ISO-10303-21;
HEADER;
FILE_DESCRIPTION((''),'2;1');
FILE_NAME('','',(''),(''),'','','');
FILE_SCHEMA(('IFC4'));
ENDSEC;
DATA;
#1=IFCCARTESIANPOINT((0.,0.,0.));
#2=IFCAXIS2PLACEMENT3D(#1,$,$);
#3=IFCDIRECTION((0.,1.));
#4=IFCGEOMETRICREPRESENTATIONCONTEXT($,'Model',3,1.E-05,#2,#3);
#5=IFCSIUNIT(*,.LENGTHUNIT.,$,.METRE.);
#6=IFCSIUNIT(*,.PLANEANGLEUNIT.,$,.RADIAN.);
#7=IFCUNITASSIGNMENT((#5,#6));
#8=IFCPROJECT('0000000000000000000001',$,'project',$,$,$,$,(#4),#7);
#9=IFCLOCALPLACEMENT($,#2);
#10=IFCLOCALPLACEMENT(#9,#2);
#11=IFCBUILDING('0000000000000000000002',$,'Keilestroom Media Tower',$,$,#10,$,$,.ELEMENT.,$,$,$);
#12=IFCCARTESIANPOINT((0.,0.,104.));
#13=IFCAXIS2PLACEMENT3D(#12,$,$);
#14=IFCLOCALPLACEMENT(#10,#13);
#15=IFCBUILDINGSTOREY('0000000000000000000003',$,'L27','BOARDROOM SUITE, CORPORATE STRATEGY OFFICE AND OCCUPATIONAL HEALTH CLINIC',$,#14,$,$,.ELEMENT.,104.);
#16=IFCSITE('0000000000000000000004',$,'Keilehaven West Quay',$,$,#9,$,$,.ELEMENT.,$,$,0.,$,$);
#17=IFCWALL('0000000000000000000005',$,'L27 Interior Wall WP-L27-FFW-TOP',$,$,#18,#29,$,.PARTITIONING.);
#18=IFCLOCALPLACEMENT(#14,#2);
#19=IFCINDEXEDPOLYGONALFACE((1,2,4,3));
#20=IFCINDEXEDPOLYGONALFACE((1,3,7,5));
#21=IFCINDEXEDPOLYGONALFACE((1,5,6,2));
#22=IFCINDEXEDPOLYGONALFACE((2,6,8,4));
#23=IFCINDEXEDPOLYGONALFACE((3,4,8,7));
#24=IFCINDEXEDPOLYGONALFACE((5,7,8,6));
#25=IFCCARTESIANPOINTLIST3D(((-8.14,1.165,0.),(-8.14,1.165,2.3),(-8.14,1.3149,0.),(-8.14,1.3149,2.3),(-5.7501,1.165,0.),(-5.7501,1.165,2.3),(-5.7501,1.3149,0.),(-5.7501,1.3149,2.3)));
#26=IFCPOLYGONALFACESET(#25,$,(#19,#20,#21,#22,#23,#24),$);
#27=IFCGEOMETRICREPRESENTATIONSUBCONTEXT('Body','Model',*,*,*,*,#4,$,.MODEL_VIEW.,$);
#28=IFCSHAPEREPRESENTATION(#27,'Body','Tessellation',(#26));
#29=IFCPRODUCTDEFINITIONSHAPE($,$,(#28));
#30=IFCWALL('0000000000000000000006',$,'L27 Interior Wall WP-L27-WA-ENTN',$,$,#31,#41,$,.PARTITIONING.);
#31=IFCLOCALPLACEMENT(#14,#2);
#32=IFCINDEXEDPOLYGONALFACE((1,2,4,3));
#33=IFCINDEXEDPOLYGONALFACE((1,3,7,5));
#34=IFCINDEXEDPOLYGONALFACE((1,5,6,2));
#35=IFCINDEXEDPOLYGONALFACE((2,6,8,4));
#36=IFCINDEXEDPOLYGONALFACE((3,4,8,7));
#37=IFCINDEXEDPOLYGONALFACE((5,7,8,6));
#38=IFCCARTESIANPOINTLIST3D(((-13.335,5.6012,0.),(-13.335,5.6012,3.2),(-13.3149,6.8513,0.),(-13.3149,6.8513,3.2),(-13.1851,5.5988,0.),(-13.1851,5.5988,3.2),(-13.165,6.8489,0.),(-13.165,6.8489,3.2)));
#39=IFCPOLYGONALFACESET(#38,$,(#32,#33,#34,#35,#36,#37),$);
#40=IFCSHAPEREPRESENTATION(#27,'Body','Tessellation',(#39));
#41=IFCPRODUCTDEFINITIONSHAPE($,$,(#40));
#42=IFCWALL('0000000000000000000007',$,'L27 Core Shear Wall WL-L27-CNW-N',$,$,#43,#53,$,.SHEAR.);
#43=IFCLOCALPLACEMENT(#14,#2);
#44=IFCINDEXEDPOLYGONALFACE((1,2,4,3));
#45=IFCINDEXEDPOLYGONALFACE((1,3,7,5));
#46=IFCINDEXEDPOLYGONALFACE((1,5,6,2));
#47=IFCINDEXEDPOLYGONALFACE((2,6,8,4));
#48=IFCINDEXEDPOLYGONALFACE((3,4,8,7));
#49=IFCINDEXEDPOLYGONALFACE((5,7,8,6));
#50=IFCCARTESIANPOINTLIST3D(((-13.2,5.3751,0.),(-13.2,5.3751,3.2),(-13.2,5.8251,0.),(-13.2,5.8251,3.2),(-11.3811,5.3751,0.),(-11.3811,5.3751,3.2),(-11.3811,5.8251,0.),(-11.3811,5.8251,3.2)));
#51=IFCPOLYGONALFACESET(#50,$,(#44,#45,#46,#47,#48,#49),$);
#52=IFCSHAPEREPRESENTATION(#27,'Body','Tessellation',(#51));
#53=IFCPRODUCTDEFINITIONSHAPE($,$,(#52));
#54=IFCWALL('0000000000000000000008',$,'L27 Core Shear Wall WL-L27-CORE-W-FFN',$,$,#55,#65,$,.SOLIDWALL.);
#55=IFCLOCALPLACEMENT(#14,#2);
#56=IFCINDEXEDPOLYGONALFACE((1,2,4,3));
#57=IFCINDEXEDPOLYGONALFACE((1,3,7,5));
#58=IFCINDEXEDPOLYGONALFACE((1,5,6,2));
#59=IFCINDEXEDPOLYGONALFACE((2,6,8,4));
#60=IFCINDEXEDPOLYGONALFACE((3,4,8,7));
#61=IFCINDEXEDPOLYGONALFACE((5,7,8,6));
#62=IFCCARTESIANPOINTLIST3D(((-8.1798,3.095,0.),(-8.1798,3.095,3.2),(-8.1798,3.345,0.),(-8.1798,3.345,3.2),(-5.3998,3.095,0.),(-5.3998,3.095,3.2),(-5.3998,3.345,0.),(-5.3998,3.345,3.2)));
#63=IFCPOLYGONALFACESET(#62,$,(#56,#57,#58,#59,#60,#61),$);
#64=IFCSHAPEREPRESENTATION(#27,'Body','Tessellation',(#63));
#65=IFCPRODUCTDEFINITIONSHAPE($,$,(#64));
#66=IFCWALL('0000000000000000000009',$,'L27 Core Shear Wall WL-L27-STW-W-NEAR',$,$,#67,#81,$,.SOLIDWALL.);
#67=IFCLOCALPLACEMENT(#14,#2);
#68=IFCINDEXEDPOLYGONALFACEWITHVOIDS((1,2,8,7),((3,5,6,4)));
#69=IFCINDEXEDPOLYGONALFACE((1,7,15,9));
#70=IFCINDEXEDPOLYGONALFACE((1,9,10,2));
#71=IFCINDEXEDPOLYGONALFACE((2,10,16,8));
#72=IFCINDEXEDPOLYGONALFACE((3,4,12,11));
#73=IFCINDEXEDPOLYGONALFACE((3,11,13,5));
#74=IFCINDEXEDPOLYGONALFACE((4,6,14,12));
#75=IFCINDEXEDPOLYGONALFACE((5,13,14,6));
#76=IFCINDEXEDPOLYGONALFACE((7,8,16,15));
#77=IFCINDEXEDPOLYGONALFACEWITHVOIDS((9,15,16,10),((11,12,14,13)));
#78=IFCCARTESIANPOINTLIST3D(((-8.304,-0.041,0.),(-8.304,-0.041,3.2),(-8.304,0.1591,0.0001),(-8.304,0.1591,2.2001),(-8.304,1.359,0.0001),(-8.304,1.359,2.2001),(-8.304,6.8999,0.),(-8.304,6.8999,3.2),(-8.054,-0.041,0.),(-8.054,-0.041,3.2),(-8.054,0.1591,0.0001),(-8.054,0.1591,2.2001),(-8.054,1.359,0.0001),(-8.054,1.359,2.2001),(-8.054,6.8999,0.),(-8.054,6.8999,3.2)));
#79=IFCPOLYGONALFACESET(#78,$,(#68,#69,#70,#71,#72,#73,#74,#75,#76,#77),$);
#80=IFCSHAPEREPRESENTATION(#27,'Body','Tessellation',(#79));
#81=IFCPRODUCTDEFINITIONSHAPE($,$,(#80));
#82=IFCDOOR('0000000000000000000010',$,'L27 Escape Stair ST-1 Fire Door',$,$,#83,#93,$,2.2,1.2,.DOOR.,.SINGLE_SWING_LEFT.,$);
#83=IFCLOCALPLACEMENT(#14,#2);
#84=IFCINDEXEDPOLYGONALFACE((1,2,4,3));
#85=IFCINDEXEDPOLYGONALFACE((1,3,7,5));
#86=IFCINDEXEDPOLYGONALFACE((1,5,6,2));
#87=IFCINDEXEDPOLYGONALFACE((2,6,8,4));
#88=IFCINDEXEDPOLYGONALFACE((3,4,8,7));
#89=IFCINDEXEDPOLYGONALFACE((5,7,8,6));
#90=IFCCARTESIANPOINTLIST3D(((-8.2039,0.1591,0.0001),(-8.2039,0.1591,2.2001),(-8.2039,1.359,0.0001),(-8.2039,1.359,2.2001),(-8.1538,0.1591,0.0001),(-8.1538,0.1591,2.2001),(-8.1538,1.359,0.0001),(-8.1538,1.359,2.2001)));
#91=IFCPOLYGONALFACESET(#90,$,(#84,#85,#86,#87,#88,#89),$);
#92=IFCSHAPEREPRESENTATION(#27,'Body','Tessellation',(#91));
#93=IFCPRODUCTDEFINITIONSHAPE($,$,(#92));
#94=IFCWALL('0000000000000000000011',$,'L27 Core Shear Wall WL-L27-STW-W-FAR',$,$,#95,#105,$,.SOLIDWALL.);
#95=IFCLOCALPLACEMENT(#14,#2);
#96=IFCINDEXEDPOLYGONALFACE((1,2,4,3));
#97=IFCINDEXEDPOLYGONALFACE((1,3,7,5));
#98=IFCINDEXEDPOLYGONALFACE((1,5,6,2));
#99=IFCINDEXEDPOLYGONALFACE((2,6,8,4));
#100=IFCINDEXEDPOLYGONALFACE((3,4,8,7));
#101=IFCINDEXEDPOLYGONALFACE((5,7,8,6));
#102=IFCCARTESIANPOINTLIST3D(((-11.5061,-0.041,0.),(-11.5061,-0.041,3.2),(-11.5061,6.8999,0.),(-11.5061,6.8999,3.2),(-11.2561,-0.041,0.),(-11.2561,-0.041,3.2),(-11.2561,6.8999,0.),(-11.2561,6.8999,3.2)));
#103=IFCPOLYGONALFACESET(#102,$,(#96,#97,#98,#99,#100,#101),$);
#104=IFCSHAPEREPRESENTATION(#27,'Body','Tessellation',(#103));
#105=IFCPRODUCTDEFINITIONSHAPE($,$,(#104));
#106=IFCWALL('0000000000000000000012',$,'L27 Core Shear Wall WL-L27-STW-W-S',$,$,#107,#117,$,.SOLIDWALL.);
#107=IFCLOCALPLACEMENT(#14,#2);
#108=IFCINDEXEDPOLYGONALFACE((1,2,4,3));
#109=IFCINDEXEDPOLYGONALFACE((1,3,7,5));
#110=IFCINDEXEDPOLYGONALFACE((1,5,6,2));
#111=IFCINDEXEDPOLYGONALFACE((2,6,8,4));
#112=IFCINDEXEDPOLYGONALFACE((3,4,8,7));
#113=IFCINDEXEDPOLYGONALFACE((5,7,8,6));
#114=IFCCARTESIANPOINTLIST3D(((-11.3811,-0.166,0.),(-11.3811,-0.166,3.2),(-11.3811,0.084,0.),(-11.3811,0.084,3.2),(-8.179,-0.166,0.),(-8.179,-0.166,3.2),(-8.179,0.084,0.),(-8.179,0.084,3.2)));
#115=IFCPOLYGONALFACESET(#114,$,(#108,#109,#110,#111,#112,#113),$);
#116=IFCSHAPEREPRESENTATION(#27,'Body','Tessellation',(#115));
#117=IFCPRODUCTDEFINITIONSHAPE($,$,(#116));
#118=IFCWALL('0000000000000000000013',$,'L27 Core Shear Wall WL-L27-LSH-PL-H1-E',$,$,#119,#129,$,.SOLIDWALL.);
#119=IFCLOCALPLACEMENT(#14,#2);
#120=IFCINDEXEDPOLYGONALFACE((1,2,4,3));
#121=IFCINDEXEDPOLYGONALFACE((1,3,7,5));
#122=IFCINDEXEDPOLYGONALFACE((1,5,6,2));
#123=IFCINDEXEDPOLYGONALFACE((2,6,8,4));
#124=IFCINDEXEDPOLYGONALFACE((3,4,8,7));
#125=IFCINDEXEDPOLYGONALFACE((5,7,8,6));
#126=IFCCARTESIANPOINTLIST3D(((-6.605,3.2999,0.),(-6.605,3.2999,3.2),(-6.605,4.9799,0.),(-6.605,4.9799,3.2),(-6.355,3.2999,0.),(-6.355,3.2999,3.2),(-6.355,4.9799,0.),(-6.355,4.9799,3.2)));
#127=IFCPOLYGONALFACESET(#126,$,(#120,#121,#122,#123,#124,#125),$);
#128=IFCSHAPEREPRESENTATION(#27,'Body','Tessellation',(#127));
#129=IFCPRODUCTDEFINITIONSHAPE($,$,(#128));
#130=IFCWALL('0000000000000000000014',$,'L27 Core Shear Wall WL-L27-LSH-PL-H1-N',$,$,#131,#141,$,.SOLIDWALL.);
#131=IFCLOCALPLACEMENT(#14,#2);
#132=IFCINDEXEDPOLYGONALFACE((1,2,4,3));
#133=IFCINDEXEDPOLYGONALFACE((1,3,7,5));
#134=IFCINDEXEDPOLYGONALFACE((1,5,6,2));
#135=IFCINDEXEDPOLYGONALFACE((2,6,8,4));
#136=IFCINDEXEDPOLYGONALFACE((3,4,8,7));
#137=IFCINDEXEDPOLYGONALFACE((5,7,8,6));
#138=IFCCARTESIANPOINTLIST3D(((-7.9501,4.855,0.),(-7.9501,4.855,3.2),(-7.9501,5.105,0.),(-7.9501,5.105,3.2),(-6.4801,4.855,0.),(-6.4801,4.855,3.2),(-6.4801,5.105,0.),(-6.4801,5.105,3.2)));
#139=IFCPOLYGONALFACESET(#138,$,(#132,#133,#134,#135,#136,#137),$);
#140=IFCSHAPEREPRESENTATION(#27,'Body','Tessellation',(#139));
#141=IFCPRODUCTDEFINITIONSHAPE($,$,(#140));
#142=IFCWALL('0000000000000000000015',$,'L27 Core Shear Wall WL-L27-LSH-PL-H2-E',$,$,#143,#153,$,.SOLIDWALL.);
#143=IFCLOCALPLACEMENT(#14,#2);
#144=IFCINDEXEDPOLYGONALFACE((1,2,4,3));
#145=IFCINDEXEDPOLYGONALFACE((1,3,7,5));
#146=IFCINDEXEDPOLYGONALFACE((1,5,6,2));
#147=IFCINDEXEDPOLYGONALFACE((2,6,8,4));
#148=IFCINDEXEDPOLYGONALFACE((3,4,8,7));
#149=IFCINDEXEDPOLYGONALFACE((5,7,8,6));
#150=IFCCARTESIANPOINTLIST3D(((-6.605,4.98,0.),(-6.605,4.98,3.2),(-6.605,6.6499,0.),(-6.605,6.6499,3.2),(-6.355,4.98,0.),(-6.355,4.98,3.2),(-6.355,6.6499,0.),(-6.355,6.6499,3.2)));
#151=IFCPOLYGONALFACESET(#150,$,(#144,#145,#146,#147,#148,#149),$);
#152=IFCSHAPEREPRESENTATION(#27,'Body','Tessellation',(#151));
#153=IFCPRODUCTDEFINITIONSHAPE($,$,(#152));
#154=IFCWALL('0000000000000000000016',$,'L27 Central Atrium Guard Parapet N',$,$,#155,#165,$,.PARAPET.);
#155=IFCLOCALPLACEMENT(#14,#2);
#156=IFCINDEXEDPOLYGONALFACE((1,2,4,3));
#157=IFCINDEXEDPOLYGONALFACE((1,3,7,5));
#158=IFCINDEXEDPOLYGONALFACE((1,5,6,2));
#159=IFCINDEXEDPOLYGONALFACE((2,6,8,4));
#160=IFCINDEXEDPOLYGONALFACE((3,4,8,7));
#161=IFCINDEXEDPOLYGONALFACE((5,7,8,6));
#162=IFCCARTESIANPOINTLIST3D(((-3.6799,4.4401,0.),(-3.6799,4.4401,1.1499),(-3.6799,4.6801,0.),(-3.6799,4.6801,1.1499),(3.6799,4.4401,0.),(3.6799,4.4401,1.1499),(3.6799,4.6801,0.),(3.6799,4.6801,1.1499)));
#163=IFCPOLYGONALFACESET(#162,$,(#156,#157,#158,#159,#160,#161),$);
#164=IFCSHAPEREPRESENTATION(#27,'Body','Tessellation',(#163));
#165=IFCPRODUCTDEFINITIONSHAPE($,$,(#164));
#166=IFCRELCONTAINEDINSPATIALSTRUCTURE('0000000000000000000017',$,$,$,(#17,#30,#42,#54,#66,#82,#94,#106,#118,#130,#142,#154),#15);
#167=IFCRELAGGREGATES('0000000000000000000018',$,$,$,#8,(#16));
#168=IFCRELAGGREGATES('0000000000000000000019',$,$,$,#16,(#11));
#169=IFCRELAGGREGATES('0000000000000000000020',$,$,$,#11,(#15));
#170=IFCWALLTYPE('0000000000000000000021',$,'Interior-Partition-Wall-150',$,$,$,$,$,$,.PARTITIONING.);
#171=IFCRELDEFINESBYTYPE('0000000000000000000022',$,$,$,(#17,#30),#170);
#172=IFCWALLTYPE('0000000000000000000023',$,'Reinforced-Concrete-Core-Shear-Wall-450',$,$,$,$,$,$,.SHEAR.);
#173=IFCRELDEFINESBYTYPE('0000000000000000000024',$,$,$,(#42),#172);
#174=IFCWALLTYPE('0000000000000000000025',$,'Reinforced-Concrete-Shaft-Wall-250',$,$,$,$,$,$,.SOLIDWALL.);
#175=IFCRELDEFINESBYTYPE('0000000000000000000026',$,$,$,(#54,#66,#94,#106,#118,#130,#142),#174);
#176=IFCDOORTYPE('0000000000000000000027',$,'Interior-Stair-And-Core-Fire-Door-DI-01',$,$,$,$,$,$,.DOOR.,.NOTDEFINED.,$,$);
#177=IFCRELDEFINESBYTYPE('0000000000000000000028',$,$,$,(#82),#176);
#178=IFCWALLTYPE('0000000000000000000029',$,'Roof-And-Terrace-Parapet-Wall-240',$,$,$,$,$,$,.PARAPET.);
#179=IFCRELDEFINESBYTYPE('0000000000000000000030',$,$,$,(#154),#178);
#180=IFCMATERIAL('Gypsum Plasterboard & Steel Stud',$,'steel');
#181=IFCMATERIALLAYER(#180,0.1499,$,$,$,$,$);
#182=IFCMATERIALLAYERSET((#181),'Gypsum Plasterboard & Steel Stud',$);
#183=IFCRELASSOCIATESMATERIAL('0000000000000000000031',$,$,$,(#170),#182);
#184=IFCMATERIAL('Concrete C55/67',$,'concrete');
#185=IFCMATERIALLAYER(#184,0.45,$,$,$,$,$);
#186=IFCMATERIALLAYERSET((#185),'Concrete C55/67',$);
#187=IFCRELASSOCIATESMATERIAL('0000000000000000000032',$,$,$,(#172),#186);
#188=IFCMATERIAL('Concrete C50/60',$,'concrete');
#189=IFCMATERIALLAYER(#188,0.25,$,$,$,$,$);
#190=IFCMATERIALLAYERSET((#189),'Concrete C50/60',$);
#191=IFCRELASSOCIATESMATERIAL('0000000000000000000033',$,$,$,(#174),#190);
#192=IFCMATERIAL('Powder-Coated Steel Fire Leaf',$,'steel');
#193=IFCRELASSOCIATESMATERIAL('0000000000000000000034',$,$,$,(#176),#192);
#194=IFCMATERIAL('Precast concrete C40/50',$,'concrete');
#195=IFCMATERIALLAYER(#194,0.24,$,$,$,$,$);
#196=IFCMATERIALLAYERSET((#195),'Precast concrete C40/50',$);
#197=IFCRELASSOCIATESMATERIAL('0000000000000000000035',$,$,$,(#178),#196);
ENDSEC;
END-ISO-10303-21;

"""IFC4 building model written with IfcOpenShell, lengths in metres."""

from ifc_helpers import new_model, si_unit, direction, frame, frame_2d, origin, place, context, subcontext, project, spatial, rectangle, extrude, source, transform, mapped, material, layer, layer_set, type_object, element, fill, save


model = new_model("IFC4")

# Units and contexts
model_context = context("Model", 3, precision=1e-05, world=origin(), true_north=direction((0.0, 1.0)))
body_context = subcontext(model_context, "Body", "Model", "MODEL_VIEW")
ifc_project = project(units=[si_unit("LENGTHUNIT", "METRE"), si_unit("PLANEANGLEUNIT", "RADIAN")], contexts=[model_context])

# Site, building, storey
site_placement = place(None, origin())
site = spatial("IfcSite", under=ifc_project, at=site_placement, Name="Keilehaven West Quay", CompositionType="ELEMENT", RefElevation=0.0)
building_placement = place(site_placement, origin())
building = spatial("IfcBuilding", under=site, at=building_placement, Name="Keilestroom Media Tower", CompositionType="ELEMENT")
storey_placement = place(building_placement, frame((0.0, 0.0, 104.0)))
storey = spatial("IfcBuildingStorey", under=building, at=storey_placement, Name="L27", Description="BOARDROOM SUITE, CORPORATE STRATEGY OFFICE AND OCCUPATIONAL HEALTH CLINIC", CompositionType="ELEMENT", Elevation=104.0)

# Shared definitions
ifc_material_1 = material(Name="Concrete C50/60", Category="concrete")

# Walls
ifc_material_2 = material(Name="Gypsum Plasterboard & Steel Stud", Category="steel")
ifc_layer_1 = layer(ifc_material_2, 0.1499)
ifc_layer_set_1 = layer_set([ifc_layer_1], Name="Gypsum Plasterboard & Steel Stud")
wall_type_1 = type_object("IfcWallType", Name="Interior-Partition-Wall-150", PredefinedType="PARTITIONING", material=ifc_layer_set_1)
wall_1_placement = place(storey_placement, frame((-8.1399, 1.24, 0.0), z_axis=(0.0, 0.0, 1.0), x_axis=(1.0, 0.0, 0.0)))
element("IfcWall", 1, at=wall_1_placement, inside=storey, type_object=wall_type_1, Name="L27 Interior Wall WP-L27-FFW-TOP", PredefinedType="PARTITIONING", context=body_context, shape_type="SweptSolid", body=[
    extrude(rectangle(XDim=2.3899, YDim=0.1499, at=frame_2d((1.1948, 0.0))), origin(), (0.0, 0.0, 1.0), 2.3),
])
wall_2_placement = place(storey_placement, frame((-13.26, 5.6001, 0.0), z_axis=(0.0, 0.0, 1.0), x_axis=(0.016014, 0.999872, 0.0)))
element("IfcWall", 2, at=wall_2_placement, inside=storey, type_object=wall_type_1, Name="L27 Interior Wall WP-L27-WA-ENTN", PredefinedType="PARTITIONING", context=body_context, shape_type="SweptSolid", body=[
    extrude(rectangle(XDim=1.2502, YDim=0.1499, at=frame_2d((0.625, 0.0))), origin(), (0.0, 0.0, 1.0), 3.2),
])
ifc_material_3 = material(Name="Concrete C55/67", Category="concrete")
ifc_layer_2 = layer(ifc_material_3, 0.45)
ifc_layer_set_2 = layer_set([ifc_layer_2], Name="Concrete C55/67")
wall_type_2 = type_object("IfcWallType", Name="Reinforced-Concrete-Core-Shear-Wall-450", PredefinedType="SHEAR", material=ifc_layer_set_2)
wall_3_placement = place(storey_placement, frame((-13.2, 5.6001, 0.0), z_axis=(0.0, 0.0, 1.0), x_axis=(1.0, 0.0, 0.0)))
element("IfcWall", 3, at=wall_3_placement, inside=storey, type_object=wall_type_2, Name="L27 Core Shear Wall WL-L27-CNW-N", PredefinedType="SHEAR", context=body_context, shape_type="SweptSolid", body=[
    extrude(rectangle(XDim=1.8188, YDim=0.45, at=frame_2d((0.9094, 0.0))), origin(), (0.0, 0.0, 1.0), 3.2),
])
ifc_layer_3 = layer(ifc_material_1, 0.25)
ifc_layer_set_3 = layer_set([ifc_layer_3], Name="Concrete C50/60")
wall_type_3 = type_object("IfcWallType", Name="Reinforced-Concrete-Shaft-Wall-250", PredefinedType="SOLIDWALL", material=ifc_layer_set_3)
wall_4_placement = place(storey_placement, frame((-8.1799, 3.22, 0.0), z_axis=(0.0, 0.0, 1.0), x_axis=(1.0, 0.0, 0.0)))
element("IfcWall", 4, at=wall_4_placement, inside=storey, type_object=wall_type_3, Name="L27 Core Shear Wall WL-L27-CORE-W-FFN", PredefinedType="SOLIDWALL", context=body_context, shape_type="SweptSolid", body=[
    extrude(rectangle(XDim=2.78, YDim=0.25, at=frame_2d((1.3901, 0.0))), origin(), (0.0, 0.0, 1.0), 3.2),
])

# Wall, opening, door
wall_5_placement = place(storey_placement, frame((-8.179, -0.041, 0.0), z_axis=(0.0, 0.0, 1.0), x_axis=(0.0, 1.0, 0.0)))
wall_5 = element("IfcWall", 5, at=wall_5_placement, inside=storey, type_object=wall_type_3, Name="L27 Core Shear Wall WL-L27-STW-W-NEAR", PredefinedType="SOLIDWALL", context=body_context, shape_type="SweptSolid", body=[
    extrude(rectangle(XDim=6.9409, YDim=0.25, at=frame_2d((3.4705, 0.0))), origin(), (0.0, 0.0, 1.0), 3.2),
])
opening_placement = place(wall_5_placement, frame((0.2, 0.0, 0.0)))
opening = element("IfcOpeningElement", 6, at=opening_placement, cuts=wall_5, PredefinedType="OPENING", context=body_context, shape_type="SweptSolid", body=[
    extrude(rectangle(XDim=1.2, YDim=2.2, at=frame_2d((0.6001, 1.1001))), frame((0.0, 0.135, 0.0), z_axis=(0.0, -1.0, 0.0), x_axis=(1.0, 0.0, 0.0)), (0.0, 0.0, 1.0), 0.27),
])
ifc_material_4 = material(Name="Powder-Coated Steel Fire Leaf", Category="steel")
door_type = type_object("IfcDoorType", Name="Interior-Stair-And-Core-Fire-Door-DI-01", OperationType="NOTDEFINED", PredefinedType="DOOR", material=ifc_material_4)
shared_shape_1 = source(origin(), body_context, "Body", "SweptSolid", [
    extrude(rectangle(XDim=1.2, YDim=2.2, at=frame_2d((0.6001, 1.1001))), frame((0.0, 0.0249, 0.0), z_axis=(0.0, -1.0, 0.0), x_axis=(1.0, 0.0, 0.0)), (0.0, 0.0, 1.0), 0.05),
])
door_placement = place(opening_placement, origin())
door = element("IfcDoor", 7, at=door_placement, inside=storey, type_object=door_type, Name="L27 Escape Stair ST-1 Fire Door", OperationType="SINGLE_SWING_LEFT", OverallHeight=2.2, OverallWidth=1.2, PredefinedType="DOOR", context=body_context, shape_type="MappedRepresentation", body=[
    mapped(shared_shape_1, transform((0.0, 0.0, 0.0), x_axis=(1.0, 0.0, 0.0), y_axis=(0.0, 1.0, 0.0), z_axis=(0.0, 0.0, 1.0), scale=1.0)),
])
fill(opening, door)

# Walls
wall_6_placement = place(storey_placement, frame((-11.3811, -0.041, 0.0), z_axis=(0.0, 0.0, 1.0), x_axis=(0.0, 1.0, 0.0)))
element("IfcWall", 8, at=wall_6_placement, inside=storey, type_object=wall_type_3, Name="L27 Core Shear Wall WL-L27-STW-W-FAR", PredefinedType="SOLIDWALL", context=body_context, shape_type="SweptSolid", body=[
    extrude(rectangle(XDim=6.9409, YDim=0.25, at=frame_2d((3.4705, 0.0))), origin(), (0.0, 0.0, 1.0), 3.2),
])
wall_7_placement = place(storey_placement, frame((-11.3811, -0.041, 0.0), z_axis=(0.0, 0.0, 1.0), x_axis=(1.0, 0.0, 0.0)))
element("IfcWall", 9, at=wall_7_placement, inside=storey, type_object=wall_type_3, Name="L27 Core Shear Wall WL-L27-STW-W-S", PredefinedType="SOLIDWALL", context=body_context, shape_type="SweptSolid", body=[
    extrude(rectangle(XDim=3.2021, YDim=0.25, at=frame_2d((1.6011, 0.0))), origin(), (0.0, 0.0, 1.0), 3.2),
])
wall_8_placement = place(storey_placement, frame((-6.48, 3.3, 0.0), z_axis=(0.0, 0.0, 1.0), x_axis=(0.0, 1.0, 0.0)))
element("IfcWall", 10, at=wall_8_placement, inside=storey, type_object=wall_type_3, Name="L27 Core Shear Wall WL-L27-LSH-PL-H1-E", PredefinedType="SOLIDWALL", context=body_context, shape_type="SweptSolid", body=[
    extrude(rectangle(XDim=1.6799, YDim=0.25, at=frame_2d((0.8398, 0.0))), origin(), (0.0, 0.0, 1.0), 3.2),
])
wall_9_placement = place(storey_placement, frame((-7.95, 4.98, 0.0), z_axis=(0.0, 0.0, 1.0), x_axis=(1.0, 0.0, 0.0)))
element("IfcWall", 11, at=wall_9_placement, inside=storey, type_object=wall_type_3, Name="L27 Core Shear Wall WL-L27-LSH-PL-H1-N", PredefinedType="SOLIDWALL", context=body_context, shape_type="SweptSolid", body=[
    extrude(rectangle(XDim=1.47, YDim=0.25, at=frame_2d((0.7349, 0.0))), origin(), (0.0, 0.0, 1.0), 3.2),
])
wall_10_placement = place(storey_placement, frame((-6.48, 4.98, 0.0), z_axis=(0.0, 0.0, 1.0), x_axis=(0.0, 1.0, 0.0)))
element("IfcWall", 12, at=wall_10_placement, inside=storey, type_object=wall_type_3, Name="L27 Core Shear Wall WL-L27-LSH-PL-H2-E", PredefinedType="SOLIDWALL", context=body_context, shape_type="SweptSolid", body=[
    extrude(rectangle(XDim=1.6699, YDim=0.25, at=frame_2d((0.835, 0.0))), origin(), (0.0, 0.0, 1.0), 3.2),
])
ifc_material_5 = material(Name="Precast concrete C40/50", Category="concrete")
ifc_layer_4 = layer(ifc_material_5, 0.24)
ifc_layer_set_4 = layer_set([ifc_layer_4], Name="Precast concrete C40/50")
wall_type_4 = type_object("IfcWallType", Name="Roof-And-Terrace-Parapet-Wall-240", PredefinedType="PARAPET", material=ifc_layer_set_4)
wall_11_placement = place(storey_placement, frame((-3.6799, 4.5601, 0.0), z_axis=(0.0, 0.0, 1.0), x_axis=(1.0, 0.0, 0.0)))
element("IfcWall", 13, at=wall_11_placement, inside=storey, type_object=wall_type_4, Name="L27 Central Atrium Guard Parapet N", PredefinedType="PARAPET", context=body_context, shape_type="SweptSolid", body=[
    extrude(rectangle(XDim=7.3599, YDim=0.24, at=frame_2d((3.6799, 0.0))), origin(), (0.0, 0.0, 1.0), 1.1499),
])

save(model, "model.ifc")
